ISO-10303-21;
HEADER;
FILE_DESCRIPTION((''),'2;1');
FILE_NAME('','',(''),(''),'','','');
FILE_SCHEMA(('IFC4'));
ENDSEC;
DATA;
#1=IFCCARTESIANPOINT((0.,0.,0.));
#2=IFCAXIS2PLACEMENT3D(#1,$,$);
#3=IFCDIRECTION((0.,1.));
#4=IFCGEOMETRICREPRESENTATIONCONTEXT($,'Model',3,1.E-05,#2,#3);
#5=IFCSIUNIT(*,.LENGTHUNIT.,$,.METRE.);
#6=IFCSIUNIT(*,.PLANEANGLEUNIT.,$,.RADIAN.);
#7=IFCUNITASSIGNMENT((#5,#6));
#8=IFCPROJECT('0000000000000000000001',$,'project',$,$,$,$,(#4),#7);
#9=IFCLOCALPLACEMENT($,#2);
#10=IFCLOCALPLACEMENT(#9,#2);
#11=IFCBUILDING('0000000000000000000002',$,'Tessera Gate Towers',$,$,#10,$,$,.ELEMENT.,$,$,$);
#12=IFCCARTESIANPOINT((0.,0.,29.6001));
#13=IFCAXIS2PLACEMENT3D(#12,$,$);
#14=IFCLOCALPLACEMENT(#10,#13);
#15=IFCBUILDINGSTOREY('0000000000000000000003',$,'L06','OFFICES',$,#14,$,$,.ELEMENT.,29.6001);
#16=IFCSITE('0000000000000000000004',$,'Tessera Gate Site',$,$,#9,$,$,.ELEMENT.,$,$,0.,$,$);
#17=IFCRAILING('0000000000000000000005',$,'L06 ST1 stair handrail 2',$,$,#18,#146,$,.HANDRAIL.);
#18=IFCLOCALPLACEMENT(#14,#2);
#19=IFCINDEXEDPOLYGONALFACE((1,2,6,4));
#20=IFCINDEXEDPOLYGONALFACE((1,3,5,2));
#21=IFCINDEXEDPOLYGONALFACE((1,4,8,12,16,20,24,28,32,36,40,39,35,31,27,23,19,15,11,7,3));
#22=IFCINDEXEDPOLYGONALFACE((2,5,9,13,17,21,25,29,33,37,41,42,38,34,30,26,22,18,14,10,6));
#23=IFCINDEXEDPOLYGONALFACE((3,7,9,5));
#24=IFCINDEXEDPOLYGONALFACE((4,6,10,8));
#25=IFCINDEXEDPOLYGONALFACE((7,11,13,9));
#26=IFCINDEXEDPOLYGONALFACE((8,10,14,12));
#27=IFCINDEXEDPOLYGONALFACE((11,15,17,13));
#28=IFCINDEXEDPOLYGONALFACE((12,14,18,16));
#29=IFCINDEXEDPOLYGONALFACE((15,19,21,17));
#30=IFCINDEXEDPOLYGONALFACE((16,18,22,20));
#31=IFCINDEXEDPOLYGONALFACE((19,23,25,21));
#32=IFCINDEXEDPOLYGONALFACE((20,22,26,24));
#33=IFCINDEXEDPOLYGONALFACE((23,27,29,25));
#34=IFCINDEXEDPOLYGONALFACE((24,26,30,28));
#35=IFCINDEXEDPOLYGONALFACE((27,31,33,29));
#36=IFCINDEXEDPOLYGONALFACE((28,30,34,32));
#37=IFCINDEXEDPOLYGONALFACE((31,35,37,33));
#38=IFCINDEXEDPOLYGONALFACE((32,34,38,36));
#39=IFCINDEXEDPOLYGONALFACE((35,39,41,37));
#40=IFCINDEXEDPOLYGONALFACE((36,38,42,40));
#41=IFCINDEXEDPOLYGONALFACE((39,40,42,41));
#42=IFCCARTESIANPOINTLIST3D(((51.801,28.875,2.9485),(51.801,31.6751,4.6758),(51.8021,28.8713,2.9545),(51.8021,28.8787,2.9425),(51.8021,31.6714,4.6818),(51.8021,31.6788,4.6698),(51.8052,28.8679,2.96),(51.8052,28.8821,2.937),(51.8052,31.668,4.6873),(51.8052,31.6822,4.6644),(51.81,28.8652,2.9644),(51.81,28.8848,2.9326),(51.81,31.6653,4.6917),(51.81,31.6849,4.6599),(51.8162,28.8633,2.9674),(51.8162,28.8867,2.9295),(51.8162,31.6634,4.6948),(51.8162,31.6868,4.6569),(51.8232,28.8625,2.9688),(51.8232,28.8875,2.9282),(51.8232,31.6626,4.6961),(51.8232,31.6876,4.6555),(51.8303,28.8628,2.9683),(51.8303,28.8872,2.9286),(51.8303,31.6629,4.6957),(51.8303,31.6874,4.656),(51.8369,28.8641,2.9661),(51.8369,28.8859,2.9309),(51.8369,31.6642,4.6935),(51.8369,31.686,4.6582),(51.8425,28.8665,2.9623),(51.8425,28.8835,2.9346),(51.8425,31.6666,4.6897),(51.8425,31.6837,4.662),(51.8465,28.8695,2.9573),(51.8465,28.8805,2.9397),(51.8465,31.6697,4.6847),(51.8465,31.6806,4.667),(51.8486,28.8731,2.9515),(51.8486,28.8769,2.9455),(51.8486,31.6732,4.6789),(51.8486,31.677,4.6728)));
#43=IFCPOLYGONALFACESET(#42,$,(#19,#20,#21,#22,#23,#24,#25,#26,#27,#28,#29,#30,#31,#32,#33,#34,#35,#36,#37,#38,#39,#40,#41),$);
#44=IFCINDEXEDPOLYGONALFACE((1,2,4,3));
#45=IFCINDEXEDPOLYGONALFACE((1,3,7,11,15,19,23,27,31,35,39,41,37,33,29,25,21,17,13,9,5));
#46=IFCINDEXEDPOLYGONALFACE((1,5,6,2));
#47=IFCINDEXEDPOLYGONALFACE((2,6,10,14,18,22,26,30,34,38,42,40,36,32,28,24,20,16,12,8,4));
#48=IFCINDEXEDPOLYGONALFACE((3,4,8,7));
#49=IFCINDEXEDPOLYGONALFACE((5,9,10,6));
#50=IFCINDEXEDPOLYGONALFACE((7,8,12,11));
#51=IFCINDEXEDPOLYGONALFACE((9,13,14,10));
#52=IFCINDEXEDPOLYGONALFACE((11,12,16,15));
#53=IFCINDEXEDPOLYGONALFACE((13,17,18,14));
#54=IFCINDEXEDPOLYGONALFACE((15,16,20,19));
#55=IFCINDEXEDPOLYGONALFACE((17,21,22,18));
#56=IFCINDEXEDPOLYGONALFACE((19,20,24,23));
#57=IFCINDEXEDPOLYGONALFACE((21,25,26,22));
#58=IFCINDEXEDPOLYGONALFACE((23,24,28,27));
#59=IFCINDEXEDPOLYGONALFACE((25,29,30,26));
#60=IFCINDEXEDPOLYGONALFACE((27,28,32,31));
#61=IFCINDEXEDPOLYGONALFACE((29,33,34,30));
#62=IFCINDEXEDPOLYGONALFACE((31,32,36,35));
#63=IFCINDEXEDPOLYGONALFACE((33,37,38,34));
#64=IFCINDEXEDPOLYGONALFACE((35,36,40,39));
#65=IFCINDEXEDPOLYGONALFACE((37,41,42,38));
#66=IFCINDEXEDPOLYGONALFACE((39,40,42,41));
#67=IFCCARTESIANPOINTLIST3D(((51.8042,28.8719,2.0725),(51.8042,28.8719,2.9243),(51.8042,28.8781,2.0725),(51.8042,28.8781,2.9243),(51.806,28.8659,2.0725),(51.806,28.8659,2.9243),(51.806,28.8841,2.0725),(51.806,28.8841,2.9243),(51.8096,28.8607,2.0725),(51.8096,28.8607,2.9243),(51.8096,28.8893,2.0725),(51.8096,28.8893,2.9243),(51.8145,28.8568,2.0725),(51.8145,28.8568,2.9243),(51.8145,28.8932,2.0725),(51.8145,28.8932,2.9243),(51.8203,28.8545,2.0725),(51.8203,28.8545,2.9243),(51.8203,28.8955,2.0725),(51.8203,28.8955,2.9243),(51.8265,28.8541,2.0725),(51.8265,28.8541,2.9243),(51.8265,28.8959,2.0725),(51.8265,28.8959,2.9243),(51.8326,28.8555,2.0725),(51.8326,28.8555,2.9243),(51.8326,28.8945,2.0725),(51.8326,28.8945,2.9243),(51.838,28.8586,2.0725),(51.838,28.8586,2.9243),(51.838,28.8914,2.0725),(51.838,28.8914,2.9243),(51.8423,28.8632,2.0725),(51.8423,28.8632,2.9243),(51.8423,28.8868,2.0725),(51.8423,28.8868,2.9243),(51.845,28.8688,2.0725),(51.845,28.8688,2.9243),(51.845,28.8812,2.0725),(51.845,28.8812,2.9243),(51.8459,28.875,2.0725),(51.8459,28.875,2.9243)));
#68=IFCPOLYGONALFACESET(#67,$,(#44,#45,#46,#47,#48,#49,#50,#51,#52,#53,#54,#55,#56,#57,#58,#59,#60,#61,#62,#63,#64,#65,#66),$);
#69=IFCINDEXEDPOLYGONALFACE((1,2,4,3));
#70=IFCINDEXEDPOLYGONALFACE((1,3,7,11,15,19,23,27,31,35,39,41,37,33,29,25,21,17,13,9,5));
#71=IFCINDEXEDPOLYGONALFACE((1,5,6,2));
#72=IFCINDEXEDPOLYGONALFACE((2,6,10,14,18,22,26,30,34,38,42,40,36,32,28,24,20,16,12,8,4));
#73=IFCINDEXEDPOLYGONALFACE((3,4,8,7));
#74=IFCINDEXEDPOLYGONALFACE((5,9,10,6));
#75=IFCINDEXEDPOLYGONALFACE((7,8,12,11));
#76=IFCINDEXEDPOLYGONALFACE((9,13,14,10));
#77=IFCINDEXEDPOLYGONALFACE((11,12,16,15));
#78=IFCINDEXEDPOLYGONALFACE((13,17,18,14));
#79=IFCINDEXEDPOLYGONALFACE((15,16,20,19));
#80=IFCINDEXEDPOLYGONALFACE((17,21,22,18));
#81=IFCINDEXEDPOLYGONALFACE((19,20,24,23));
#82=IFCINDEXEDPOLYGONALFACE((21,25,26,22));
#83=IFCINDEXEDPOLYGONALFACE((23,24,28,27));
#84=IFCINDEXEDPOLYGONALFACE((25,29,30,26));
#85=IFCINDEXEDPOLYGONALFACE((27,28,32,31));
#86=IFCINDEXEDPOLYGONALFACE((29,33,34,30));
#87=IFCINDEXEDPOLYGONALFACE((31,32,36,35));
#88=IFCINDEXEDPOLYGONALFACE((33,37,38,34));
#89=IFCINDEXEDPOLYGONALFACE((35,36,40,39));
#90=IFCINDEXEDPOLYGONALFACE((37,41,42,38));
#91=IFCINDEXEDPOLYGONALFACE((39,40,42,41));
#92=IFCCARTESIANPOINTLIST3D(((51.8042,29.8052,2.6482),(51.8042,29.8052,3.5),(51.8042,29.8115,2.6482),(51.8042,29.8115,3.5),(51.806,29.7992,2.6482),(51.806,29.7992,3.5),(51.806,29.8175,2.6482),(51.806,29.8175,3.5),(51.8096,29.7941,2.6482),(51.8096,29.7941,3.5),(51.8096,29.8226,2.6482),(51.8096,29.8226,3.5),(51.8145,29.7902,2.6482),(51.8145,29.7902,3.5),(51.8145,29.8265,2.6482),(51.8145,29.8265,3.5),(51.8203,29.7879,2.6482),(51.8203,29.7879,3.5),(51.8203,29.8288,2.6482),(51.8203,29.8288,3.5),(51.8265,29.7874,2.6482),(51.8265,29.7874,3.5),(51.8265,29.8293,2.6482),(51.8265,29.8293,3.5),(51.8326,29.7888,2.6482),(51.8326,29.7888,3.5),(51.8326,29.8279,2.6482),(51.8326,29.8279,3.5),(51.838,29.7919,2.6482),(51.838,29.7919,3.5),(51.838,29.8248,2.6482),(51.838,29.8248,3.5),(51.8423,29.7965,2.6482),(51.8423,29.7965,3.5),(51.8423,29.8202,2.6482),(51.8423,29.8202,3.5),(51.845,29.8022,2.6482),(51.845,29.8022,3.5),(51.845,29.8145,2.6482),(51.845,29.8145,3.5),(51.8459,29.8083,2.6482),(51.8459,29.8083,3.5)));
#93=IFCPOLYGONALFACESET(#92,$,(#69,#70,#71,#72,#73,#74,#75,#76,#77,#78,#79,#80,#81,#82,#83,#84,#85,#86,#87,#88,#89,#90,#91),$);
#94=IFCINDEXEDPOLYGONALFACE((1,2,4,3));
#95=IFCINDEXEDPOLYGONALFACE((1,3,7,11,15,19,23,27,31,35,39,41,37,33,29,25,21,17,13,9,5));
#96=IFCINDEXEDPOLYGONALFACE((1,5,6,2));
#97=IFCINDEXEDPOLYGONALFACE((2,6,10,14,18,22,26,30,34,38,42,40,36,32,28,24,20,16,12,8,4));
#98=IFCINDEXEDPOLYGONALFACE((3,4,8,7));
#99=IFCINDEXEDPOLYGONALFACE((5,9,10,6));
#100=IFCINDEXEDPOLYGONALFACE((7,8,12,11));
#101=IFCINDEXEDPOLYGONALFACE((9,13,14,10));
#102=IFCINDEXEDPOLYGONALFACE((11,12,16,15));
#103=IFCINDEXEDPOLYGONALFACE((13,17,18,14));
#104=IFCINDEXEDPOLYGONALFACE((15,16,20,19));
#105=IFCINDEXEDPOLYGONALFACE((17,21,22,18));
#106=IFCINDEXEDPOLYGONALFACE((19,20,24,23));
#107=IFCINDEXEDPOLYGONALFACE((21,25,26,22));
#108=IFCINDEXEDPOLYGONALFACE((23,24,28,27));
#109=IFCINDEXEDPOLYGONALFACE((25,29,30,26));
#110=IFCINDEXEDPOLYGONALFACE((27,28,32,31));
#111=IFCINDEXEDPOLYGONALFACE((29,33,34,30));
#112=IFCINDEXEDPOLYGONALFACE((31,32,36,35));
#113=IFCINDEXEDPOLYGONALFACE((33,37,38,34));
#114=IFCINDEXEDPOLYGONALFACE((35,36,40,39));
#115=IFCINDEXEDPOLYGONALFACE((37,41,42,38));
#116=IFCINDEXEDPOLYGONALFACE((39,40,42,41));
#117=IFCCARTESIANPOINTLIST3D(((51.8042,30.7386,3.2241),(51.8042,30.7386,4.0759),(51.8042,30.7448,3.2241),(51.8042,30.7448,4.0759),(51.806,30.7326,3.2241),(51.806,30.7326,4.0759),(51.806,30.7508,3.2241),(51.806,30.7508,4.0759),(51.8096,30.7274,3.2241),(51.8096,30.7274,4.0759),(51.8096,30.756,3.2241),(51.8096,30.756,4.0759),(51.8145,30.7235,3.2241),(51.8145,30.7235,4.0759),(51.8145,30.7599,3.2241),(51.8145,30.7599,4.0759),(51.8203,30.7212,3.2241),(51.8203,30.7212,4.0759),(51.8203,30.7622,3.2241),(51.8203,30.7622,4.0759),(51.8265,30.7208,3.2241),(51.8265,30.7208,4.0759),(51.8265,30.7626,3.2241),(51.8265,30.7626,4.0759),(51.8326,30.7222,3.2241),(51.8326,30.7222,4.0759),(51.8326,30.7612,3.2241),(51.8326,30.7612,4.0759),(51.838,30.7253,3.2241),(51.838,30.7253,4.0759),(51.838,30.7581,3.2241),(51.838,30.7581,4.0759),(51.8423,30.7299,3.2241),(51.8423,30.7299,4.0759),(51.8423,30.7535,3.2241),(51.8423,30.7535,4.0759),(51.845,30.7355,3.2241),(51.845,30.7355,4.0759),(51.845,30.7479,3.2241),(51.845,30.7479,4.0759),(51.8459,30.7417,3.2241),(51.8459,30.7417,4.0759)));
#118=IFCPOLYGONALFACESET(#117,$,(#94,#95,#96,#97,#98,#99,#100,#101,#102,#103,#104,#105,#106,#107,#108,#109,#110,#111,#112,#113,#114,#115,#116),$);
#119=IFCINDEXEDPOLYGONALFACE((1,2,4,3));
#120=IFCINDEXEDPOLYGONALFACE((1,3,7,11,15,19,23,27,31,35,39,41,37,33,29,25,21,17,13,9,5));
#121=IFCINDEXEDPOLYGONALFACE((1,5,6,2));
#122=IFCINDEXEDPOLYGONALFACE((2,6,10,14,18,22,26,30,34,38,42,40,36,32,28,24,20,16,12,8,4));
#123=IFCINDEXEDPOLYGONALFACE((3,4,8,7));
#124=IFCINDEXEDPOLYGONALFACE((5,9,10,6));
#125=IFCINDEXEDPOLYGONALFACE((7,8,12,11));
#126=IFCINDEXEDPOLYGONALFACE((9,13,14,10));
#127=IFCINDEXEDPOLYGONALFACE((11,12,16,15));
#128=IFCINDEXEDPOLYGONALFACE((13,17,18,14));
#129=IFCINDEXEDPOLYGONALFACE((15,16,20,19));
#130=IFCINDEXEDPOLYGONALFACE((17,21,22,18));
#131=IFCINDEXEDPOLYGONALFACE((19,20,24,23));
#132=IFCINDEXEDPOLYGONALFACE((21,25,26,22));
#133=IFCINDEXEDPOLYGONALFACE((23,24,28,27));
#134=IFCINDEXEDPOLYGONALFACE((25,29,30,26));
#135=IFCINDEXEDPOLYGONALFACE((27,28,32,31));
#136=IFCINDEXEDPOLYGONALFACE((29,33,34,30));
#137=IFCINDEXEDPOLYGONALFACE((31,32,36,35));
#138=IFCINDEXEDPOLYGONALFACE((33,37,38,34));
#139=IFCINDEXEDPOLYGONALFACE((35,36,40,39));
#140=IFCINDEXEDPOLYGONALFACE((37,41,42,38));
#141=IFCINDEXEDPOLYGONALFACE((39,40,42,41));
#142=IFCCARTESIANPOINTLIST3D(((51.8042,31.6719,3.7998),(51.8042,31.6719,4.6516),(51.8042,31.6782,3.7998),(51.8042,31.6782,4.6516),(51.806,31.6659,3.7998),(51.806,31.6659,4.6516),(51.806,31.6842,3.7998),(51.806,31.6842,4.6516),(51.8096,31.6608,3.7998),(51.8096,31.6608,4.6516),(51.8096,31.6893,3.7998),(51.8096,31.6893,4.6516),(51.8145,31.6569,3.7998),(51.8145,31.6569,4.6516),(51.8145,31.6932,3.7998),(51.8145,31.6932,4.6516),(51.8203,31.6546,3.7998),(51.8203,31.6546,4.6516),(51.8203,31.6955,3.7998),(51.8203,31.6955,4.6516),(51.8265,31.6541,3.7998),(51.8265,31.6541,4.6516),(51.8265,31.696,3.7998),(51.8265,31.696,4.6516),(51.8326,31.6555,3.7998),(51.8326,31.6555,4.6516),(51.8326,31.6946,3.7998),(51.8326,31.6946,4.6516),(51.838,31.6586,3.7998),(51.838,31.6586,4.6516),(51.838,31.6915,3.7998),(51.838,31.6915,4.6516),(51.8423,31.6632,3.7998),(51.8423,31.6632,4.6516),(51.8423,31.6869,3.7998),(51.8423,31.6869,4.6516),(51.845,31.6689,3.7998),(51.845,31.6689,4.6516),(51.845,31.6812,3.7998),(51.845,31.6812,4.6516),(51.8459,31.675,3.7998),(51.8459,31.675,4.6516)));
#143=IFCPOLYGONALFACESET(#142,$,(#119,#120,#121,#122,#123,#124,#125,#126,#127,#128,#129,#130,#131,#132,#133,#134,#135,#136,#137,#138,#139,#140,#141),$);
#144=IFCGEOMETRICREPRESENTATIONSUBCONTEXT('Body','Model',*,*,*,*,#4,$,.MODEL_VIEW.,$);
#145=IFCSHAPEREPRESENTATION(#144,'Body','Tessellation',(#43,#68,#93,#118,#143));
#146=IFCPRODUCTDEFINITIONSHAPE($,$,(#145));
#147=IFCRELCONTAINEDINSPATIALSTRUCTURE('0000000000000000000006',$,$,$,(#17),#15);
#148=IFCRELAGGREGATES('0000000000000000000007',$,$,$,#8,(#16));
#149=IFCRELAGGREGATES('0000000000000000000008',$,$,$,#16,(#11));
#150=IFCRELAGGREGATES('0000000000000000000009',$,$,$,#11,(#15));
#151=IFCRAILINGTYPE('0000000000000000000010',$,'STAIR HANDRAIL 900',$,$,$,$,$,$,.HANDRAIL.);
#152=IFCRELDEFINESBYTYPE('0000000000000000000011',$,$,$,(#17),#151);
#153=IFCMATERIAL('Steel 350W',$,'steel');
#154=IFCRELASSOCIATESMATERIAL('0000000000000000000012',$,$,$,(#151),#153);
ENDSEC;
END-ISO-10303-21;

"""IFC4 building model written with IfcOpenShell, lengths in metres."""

from ifc_helpers import new_model, si_unit, direction, frame, origin, origin_2d, place, context, subcontext, project, spatial, circle, extrude, material, type_object, element, save


model = new_model("IFC4")

# Units and contexts
model_context = context("Model", 3, precision=1e-05, world=origin(), true_north=direction((0.0, 1.0)))
body_context = subcontext(model_context, "Body", "Model", "MODEL_VIEW")
ifc_project = project(units=[si_unit("LENGTHUNIT", "METRE"), si_unit("PLANEANGLEUNIT", "RADIAN")], contexts=[model_context])

# Site, building, storey
site_placement = place(None, origin())
site = spatial("IfcSite", under=ifc_project, at=site_placement, Name="Tessera Gate Site", CompositionType="ELEMENT", RefElevation=0.0)
building_placement = place(site_placement, origin())
building = spatial("IfcBuilding", under=site, at=building_placement, Name="Tessera Gate Towers", CompositionType="ELEMENT")
storey_placement = place(building_placement, frame((0.0, 0.0, 29.6001)))
storey = spatial("IfcBuildingStorey", under=building, at=storey_placement, Name="L06", Description="OFFICES", CompositionType="ELEMENT", Elevation=29.6001)

# Railing
ifc_material_1 = material(Name="Steel 350W", Category="steel")
railing_type_1 = type_object("IfcRailingType", Name="STAIR HANDRAIL 900", PredefinedType="HANDRAIL", material=ifc_material_1)
railing_1_placement = place(storey_placement, frame((51.825, 28.875, 2.0725)))
element("IfcRailing", 1, at=railing_1_placement, inside=storey, type_object=railing_type_1, Name="L06 ST1 stair handrail 2", PredefinedType="HANDRAIL", context=body_context, shape_type="SweptSolid", body=[
    extrude(circle(Radius=0.0239, at=origin_2d()), frame((0.0, 0.0, 0.876), z_axis=(0.0, 0.85109, 0.52502), x_axis=(-1.0, 0.0, 0.0)), (0.0, 0.0, 1.0), 3.29),
    extrude(circle(Radius=0.021, at=origin_2d()), origin(), (0.0, 0.0, 1.0), 0.8518),
    extrude(circle(Radius=0.021, at=origin_2d()), frame((0.0, 0.9333, 0.5757)), (0.0, 0.0, 1.0), 0.8518),
    extrude(circle(Radius=0.021, at=origin_2d()), frame((0.0, 1.8667, 1.1516)), (0.0, 0.0, 1.0), 0.8518),
    extrude(circle(Radius=0.021, at=origin_2d()), frame((0.0, 2.8, 1.7273)), (0.0, 0.0, 1.0), 0.8518),
])

save(model, "model.ifc")
